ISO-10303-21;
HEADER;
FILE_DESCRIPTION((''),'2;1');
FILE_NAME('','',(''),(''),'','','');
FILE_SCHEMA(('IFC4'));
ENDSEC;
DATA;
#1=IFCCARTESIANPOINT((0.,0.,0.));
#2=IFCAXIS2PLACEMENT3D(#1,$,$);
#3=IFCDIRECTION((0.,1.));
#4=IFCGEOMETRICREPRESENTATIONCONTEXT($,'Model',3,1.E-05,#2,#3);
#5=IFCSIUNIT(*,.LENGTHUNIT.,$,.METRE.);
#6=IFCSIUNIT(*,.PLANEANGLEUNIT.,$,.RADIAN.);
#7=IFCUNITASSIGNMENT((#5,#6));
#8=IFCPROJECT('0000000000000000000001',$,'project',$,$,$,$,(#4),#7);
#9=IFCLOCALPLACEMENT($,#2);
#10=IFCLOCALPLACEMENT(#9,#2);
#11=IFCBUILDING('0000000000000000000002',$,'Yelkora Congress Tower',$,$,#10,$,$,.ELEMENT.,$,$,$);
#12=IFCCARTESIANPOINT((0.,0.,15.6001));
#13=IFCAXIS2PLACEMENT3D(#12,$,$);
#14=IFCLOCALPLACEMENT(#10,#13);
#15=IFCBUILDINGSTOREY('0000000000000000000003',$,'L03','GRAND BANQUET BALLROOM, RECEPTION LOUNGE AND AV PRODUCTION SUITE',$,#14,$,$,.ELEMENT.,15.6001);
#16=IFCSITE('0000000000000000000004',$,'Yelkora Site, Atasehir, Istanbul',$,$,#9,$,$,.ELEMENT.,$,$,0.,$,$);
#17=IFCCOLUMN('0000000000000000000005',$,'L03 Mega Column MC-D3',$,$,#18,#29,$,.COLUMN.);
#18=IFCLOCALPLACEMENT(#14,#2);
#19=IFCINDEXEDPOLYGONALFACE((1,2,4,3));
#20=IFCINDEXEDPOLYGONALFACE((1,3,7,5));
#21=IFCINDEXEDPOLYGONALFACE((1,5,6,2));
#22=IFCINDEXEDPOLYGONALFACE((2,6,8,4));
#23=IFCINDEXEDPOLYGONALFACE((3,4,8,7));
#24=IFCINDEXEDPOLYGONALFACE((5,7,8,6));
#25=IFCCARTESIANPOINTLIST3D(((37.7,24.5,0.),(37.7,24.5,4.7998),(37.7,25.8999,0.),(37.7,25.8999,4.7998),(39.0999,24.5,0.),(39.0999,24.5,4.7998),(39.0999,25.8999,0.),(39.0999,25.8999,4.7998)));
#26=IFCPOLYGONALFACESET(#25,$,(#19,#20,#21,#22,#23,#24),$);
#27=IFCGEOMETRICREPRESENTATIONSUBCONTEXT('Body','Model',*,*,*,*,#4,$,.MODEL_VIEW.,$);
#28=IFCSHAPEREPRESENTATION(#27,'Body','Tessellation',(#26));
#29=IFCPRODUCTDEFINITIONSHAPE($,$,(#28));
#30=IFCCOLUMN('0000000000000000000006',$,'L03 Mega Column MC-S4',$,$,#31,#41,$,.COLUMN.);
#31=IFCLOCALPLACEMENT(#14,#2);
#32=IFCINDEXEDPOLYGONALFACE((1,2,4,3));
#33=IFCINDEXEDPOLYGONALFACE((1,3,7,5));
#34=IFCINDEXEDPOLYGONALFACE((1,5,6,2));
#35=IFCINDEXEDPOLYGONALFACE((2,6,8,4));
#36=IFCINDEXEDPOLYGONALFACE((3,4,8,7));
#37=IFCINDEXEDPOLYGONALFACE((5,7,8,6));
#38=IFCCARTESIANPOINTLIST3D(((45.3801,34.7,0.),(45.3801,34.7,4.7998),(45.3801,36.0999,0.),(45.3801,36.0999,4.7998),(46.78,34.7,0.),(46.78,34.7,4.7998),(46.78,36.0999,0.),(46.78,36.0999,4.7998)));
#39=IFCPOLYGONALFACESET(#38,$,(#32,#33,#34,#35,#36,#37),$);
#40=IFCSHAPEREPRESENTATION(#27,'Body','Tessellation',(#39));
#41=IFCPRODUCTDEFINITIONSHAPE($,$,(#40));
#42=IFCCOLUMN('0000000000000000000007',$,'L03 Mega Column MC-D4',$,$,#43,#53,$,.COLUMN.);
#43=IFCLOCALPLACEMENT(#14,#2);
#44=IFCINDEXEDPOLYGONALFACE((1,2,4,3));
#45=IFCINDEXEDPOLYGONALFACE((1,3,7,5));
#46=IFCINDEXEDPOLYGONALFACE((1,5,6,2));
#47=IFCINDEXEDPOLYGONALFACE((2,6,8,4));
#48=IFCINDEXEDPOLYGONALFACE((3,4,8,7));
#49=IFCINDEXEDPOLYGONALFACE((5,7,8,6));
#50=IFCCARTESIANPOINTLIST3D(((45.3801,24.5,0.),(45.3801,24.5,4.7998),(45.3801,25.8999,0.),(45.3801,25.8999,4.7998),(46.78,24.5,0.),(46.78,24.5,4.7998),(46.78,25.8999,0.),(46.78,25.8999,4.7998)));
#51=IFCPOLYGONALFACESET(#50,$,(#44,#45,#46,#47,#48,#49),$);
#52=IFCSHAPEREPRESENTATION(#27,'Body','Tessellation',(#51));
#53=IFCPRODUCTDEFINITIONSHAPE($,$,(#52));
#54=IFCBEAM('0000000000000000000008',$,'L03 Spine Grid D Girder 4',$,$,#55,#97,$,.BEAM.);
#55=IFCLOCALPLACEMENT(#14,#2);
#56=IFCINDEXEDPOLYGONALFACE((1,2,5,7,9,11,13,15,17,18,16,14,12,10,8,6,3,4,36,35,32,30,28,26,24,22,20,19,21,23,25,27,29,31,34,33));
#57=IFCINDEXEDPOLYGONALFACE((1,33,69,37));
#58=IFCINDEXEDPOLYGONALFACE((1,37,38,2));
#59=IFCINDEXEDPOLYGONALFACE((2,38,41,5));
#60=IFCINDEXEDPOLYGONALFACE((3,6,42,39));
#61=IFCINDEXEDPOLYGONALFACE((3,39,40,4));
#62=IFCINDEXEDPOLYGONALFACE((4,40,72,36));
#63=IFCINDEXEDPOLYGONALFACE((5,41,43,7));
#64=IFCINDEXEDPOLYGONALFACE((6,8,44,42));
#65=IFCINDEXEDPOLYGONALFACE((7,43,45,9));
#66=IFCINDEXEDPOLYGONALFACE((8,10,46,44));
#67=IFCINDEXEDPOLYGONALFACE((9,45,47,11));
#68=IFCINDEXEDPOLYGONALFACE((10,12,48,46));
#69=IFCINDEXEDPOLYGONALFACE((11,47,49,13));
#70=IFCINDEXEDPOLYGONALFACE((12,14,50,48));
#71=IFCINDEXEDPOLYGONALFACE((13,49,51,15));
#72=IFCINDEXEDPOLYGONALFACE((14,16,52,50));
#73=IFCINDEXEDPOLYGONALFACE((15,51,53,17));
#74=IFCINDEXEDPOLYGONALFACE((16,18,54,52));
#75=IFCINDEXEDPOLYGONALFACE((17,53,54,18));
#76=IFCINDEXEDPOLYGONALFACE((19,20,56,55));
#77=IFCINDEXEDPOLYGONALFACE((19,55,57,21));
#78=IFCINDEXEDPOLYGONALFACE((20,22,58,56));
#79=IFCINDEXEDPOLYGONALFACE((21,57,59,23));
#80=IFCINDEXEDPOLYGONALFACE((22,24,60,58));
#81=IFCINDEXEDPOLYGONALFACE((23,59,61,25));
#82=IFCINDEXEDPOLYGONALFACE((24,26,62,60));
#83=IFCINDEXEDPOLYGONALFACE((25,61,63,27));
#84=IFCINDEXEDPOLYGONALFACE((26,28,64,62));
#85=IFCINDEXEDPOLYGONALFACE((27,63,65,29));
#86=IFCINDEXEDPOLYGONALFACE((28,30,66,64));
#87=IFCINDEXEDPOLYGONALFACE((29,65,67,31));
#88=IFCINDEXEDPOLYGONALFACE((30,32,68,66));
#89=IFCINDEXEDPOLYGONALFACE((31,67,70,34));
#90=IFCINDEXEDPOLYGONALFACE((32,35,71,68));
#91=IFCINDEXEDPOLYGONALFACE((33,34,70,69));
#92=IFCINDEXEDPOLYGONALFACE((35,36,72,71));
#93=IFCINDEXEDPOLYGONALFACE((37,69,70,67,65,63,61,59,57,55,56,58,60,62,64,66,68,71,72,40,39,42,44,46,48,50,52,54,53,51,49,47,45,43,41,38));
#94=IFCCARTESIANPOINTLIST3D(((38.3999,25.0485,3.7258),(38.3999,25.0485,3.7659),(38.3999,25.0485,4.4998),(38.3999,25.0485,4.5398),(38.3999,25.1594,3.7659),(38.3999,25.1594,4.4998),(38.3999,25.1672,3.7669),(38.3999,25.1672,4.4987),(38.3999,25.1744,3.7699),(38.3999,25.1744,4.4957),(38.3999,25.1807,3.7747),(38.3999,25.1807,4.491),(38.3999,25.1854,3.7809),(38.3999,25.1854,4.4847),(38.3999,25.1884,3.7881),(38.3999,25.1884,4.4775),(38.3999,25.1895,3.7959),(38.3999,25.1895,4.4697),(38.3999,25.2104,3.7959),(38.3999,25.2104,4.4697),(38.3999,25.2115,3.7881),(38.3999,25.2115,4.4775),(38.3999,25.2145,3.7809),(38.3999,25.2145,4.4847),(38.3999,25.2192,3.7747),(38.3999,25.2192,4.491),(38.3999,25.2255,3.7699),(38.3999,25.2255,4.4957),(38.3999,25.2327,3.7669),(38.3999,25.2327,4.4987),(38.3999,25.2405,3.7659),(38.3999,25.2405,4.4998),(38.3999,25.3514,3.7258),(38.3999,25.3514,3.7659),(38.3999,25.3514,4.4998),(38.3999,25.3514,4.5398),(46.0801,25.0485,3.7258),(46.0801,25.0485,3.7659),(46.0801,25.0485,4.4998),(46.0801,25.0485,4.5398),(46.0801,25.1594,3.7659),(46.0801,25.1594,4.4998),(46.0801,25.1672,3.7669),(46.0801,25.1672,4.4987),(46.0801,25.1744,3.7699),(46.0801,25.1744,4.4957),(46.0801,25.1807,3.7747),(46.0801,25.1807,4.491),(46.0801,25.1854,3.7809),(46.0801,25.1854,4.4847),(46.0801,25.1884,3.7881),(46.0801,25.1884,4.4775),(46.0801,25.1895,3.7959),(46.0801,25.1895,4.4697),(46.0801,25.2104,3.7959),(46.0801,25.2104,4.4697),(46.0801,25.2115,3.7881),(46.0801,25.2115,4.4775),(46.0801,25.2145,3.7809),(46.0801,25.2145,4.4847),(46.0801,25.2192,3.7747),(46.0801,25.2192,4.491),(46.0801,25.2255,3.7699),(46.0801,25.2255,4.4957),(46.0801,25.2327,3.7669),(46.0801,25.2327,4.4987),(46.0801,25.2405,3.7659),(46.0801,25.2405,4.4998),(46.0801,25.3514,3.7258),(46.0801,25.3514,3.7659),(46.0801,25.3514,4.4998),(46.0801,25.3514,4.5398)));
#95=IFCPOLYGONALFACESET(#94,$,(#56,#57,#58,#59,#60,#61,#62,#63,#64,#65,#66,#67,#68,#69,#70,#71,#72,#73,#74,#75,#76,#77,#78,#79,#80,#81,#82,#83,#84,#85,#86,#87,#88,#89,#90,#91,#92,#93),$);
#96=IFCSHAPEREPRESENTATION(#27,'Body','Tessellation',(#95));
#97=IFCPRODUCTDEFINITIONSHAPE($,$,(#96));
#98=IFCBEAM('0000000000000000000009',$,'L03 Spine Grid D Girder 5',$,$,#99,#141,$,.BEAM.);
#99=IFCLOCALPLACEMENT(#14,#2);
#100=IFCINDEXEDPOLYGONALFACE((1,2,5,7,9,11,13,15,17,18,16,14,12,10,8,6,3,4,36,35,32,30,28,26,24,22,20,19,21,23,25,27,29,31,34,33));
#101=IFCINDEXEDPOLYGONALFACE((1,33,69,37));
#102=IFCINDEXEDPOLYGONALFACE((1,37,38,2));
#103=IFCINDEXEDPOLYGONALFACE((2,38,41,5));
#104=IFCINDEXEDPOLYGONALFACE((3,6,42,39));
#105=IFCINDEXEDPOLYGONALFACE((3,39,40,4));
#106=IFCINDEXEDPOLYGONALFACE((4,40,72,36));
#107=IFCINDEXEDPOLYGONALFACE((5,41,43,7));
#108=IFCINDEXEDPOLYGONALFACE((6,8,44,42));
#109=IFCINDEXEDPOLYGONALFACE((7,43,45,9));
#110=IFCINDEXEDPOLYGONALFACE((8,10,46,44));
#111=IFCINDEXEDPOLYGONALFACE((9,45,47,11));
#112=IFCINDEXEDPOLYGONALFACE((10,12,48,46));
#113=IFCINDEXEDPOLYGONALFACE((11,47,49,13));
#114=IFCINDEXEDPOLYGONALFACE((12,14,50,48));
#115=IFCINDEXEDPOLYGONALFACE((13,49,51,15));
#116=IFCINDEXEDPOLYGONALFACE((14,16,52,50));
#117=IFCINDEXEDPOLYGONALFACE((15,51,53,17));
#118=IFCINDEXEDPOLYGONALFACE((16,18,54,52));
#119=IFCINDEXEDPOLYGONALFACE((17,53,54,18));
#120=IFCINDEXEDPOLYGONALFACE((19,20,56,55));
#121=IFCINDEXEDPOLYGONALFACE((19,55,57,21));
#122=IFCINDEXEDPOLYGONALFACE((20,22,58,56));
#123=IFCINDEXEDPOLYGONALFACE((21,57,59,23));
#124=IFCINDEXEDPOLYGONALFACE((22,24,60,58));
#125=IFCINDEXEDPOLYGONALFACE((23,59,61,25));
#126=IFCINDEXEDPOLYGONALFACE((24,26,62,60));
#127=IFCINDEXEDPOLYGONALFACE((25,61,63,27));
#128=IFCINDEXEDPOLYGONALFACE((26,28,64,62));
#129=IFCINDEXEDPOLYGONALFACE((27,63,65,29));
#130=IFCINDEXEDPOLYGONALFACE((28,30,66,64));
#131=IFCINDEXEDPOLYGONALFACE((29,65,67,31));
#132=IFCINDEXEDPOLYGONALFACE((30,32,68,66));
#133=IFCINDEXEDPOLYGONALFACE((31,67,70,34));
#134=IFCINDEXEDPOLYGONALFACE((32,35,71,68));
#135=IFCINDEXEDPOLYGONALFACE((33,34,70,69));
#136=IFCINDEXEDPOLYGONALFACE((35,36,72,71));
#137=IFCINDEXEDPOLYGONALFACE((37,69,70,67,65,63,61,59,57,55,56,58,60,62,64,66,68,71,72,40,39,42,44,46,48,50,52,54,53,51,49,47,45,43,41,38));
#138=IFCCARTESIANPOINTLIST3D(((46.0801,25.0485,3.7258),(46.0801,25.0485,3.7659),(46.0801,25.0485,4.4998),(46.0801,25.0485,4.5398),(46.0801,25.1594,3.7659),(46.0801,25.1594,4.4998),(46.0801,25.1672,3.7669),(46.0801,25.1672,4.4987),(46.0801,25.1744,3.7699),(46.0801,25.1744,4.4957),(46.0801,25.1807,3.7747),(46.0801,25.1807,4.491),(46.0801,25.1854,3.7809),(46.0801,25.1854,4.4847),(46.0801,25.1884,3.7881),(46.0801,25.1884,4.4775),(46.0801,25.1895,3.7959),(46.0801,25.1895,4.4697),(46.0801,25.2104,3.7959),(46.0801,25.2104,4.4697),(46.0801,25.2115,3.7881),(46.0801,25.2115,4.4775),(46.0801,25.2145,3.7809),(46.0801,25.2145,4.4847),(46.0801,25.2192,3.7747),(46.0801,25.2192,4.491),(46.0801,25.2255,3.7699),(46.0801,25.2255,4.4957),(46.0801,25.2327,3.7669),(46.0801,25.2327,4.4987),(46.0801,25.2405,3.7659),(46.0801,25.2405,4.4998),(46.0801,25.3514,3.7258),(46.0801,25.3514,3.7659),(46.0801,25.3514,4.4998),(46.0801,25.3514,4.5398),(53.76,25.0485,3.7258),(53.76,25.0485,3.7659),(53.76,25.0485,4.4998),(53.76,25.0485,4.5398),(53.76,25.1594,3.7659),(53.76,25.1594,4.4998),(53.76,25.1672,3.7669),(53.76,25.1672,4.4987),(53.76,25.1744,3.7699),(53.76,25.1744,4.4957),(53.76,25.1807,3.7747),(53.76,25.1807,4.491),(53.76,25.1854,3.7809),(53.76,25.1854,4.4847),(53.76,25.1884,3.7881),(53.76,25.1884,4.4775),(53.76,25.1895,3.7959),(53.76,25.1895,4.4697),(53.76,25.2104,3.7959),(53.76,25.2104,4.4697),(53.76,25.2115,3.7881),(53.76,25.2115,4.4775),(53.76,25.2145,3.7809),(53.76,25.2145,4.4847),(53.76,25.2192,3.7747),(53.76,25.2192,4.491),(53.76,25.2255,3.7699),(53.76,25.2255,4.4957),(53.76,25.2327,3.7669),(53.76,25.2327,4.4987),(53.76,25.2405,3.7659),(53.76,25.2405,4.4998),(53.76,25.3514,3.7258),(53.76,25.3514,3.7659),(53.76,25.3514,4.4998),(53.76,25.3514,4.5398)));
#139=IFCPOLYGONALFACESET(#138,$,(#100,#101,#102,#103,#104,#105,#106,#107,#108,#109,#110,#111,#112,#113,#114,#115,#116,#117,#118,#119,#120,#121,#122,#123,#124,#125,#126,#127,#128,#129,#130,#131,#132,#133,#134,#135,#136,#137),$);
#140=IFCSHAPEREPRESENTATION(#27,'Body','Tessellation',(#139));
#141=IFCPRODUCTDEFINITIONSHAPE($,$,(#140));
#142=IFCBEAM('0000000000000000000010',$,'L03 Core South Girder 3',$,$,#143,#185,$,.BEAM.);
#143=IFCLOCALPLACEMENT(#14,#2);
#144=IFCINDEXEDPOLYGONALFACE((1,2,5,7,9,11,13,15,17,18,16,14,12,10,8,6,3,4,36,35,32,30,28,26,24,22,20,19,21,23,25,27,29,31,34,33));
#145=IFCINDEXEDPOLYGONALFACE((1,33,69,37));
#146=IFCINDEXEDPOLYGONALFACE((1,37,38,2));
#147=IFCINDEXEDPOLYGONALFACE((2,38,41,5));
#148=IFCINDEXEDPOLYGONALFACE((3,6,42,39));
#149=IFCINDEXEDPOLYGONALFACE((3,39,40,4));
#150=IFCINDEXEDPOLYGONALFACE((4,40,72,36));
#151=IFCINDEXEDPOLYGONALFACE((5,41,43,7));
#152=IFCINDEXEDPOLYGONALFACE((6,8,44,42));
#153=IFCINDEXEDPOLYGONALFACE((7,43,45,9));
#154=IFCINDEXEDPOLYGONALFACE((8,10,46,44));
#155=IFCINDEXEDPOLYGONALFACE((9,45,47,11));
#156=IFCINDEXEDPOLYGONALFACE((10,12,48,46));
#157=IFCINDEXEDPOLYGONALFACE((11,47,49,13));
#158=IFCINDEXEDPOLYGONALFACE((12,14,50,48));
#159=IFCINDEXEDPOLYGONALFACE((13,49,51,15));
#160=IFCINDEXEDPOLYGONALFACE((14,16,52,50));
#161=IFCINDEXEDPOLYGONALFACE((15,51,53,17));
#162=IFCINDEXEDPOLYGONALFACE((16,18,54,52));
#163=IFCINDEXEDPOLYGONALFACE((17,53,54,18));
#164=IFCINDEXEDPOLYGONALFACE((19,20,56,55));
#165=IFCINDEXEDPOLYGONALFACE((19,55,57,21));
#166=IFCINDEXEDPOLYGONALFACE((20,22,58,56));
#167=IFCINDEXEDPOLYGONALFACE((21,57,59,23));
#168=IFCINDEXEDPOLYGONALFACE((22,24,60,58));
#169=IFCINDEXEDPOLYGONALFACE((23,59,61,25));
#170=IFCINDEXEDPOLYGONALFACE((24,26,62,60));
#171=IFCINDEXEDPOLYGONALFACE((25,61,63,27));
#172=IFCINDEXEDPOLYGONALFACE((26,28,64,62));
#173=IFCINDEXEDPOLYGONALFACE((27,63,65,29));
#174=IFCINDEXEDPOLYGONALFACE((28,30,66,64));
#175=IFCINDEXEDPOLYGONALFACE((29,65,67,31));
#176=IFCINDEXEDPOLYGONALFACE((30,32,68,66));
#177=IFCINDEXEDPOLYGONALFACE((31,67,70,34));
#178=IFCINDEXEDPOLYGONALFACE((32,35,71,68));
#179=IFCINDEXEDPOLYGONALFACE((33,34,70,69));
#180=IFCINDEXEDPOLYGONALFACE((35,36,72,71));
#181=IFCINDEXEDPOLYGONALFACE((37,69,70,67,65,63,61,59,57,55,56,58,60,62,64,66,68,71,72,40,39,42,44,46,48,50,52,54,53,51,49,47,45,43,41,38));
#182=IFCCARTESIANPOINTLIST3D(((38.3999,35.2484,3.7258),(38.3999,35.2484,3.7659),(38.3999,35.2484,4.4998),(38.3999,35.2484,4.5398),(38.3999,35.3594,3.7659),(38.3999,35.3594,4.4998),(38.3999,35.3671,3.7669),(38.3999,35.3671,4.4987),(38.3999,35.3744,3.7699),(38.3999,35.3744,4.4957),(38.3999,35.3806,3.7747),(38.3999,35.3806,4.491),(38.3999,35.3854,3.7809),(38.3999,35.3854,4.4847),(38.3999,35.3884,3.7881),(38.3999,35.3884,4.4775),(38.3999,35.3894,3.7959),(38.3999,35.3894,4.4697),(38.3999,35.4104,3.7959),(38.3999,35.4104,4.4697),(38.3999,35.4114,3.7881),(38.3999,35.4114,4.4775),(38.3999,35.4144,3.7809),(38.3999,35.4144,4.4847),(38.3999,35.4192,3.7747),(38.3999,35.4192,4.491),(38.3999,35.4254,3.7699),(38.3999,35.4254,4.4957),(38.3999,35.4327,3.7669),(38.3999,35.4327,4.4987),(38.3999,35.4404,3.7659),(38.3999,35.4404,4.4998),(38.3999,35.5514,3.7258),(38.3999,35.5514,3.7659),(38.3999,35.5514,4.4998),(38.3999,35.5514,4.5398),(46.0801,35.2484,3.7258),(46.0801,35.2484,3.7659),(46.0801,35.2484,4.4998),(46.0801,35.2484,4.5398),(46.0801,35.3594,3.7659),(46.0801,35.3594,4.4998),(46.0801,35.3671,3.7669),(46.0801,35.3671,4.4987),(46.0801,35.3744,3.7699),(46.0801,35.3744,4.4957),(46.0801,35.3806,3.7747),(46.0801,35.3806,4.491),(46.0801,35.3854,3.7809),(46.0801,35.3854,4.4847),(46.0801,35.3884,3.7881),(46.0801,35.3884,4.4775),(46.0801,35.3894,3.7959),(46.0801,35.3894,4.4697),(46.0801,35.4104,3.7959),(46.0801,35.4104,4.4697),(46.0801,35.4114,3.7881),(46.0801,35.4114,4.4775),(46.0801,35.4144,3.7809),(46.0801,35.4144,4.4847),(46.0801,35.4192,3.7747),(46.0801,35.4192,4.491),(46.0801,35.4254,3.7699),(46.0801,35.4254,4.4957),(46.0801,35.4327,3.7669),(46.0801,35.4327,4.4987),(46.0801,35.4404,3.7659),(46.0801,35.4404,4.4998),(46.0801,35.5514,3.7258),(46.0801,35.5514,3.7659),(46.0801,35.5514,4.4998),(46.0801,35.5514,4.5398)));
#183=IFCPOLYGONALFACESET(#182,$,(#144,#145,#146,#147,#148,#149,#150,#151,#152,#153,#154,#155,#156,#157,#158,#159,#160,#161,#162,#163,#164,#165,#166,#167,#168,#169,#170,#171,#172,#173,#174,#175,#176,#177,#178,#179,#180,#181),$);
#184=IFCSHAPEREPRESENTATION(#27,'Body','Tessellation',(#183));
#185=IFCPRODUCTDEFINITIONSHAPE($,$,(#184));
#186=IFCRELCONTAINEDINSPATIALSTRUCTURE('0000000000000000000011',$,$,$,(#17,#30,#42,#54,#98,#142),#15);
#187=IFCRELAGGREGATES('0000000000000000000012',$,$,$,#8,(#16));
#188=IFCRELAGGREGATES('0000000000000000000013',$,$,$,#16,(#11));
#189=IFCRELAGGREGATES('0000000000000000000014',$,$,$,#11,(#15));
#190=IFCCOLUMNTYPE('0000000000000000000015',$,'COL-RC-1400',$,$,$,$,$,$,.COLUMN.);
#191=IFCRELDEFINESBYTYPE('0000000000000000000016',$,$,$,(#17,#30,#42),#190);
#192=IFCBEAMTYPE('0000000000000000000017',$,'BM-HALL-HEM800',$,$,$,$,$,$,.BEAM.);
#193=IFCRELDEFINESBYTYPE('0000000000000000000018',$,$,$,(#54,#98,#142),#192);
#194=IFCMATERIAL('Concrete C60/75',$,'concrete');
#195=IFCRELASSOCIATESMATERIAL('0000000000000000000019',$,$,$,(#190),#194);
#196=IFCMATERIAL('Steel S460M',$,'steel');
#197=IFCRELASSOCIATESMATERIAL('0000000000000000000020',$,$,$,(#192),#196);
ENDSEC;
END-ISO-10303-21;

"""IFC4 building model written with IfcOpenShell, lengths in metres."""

from ifc_helpers import new_model, si_unit, direction, frame, origin, origin_2d, place, context, subcontext, project, spatial, rectangle, i_section, extrude, material, material_profile, profile_set, type_object, element, save


model = new_model("IFC4")

# Units and contexts
model_context = context("Model", 3, precision=1e-05, world=origin(), true_north=direction((0.0, 1.0)))
body_context = subcontext(model_context, "Body", "Model", "MODEL_VIEW")
ifc_project = project(units=[si_unit("LENGTHUNIT", "METRE"), si_unit("PLANEANGLEUNIT", "RADIAN")], contexts=[model_context])

# Site, building, storey
site_placement = place(None, origin())
site = spatial("IfcSite", under=ifc_project, at=site_placement, Name="Yelkora Site, Atasehir, Istanbul", CompositionType="ELEMENT", RefElevation=0.0)
building_placement = place(site_placement, origin())
building = spatial("IfcBuilding", under=site, at=building_placement, Name="Yelkora Congress Tower", CompositionType="ELEMENT")
storey_placement = place(building_placement, frame((0.0, 0.0, 15.6001)))
storey = spatial("IfcBuildingStorey", under=building, at=storey_placement, Name="L03", Description="GRAND BANQUET BALLROOM, RECEPTION LOUNGE AND AV PRODUCTION SUITE", CompositionType="ELEMENT", Elevation=15.6001)

# Columns
ifc_material_1 = material(Name="Concrete C60/75", Category="concrete")
ifc_material_profile_1 = material_profile(ifc_material_1, rectangle(XDim=1.3999, YDim=1.3999, at=origin_2d()), Name="RC 1400x1400")
ifc_profile_set_1 = profile_set([ifc_material_profile_1], Name="Concrete C60/75")
column_type = type_object("IfcColumnType", Name="COL-RC-1400", PredefinedType="COLUMN", material=ifc_profile_set_1)
for number, where, z_axis, x_axis, name in (
    (1, (38.3999, 25.2, 0.0), (0.0, 0.0, 1.0), (1.0, 0.0, 0.0), "L03 Mega Column MC-D3"),
    (2, (46.0801, 35.3999, 0.0), (0.0, 0.0, 1.0), (1.0, 0.0, 0.0), "L03 Mega Column MC-S4"),
    (3, (46.0801, 25.2, 0.0), (0.0, 0.0, 1.0), (1.0, 0.0, 0.0), "L03 Mega Column MC-D4"),
):
    element("IfcColumn", number, at=place(storey_placement, frame(where, z_axis=z_axis, x_axis=x_axis)), inside=storey, type_object=column_type, Name=name, PredefinedType="COLUMN", context=body_context, shape_type="SweptSolid", body=[
        extrude(rectangle(XDim=1.3999, YDim=1.3999, at=origin_2d()), origin(), (0.0, 0.0, 1.0), 4.7998),
    ])

# Beams
ifc_material_2 = material(Name="Steel S460M", Category="steel")
ifc_material_profile_2 = material_profile(ifc_material_2, i_section(OverallWidth=0.303, OverallDepth=0.814, WebThickness=0.021, FlangeThickness=0.04, FilletRadius=0.03, at=origin_2d()), Name="HEM 800")
ifc_profile_set_2 = profile_set([ifc_material_profile_2], Name="Steel S460M")
beam_type_1 = type_object("IfcBeamType", Name="BM-HALL-HEM800", PredefinedType="BEAM", material=ifc_profile_set_2)
beam_1_placement = place(storey_placement, frame((38.3999, 25.2, 4.1328), z_axis=(1.0, 0.0, 0.0), x_axis=(0.0, 1.0, 0.0)))
element("IfcBeam", 4, at=beam_1_placement, inside=storey, type_object=beam_type_1, Name="L03 Spine Grid D Girder 4", PredefinedType="BEAM", context=body_context, shape_type="SweptSolid", body=[
    extrude(i_section(OverallWidth=0.303, OverallDepth=0.814, WebThickness=0.021, FlangeThickness=0.04, FilletRadius=0.03, at=origin_2d()), origin(), (0.0, 0.0, 1.0), 7.6802),
])
beam_2_placement = place(storey_placement, frame((46.0801, 25.2, 4.1328), z_axis=(1.0, 0.0, 0.0), x_axis=(0.0, 1.0, 0.0)))
element("IfcBeam", 5, at=beam_2_placement, inside=storey, type_object=beam_type_1, Name="L03 Spine Grid D Girder 5", PredefinedType="BEAM", context=body_context, shape_type="SweptSolid", body=[
    extrude(i_section(OverallWidth=0.303, OverallDepth=0.814, WebThickness=0.021, FlangeThickness=0.04, FilletRadius=0.03, at=origin_2d()), origin(), (0.0, 0.0, 1.0), 7.6799),
])
beam_3_placement = place(storey_placement, frame((38.3999, 35.3999, 4.1328), z_axis=(1.0, 0.0, 0.0), x_axis=(0.0, 1.0, 0.0)))
element("IfcBeam", 6, at=beam_3_placement, inside=storey, type_object=beam_type_1, Name="L03 Core South Girder 3", PredefinedType="BEAM", context=body_context, shape_type="SweptSolid", body=[
    extrude(i_section(OverallWidth=0.303, OverallDepth=0.814, WebThickness=0.021, FlangeThickness=0.04, FilletRadius=0.03, at=origin_2d()), origin(), (0.0, 0.0, 1.0), 7.6802),
])

save(model, "model.ifc")
